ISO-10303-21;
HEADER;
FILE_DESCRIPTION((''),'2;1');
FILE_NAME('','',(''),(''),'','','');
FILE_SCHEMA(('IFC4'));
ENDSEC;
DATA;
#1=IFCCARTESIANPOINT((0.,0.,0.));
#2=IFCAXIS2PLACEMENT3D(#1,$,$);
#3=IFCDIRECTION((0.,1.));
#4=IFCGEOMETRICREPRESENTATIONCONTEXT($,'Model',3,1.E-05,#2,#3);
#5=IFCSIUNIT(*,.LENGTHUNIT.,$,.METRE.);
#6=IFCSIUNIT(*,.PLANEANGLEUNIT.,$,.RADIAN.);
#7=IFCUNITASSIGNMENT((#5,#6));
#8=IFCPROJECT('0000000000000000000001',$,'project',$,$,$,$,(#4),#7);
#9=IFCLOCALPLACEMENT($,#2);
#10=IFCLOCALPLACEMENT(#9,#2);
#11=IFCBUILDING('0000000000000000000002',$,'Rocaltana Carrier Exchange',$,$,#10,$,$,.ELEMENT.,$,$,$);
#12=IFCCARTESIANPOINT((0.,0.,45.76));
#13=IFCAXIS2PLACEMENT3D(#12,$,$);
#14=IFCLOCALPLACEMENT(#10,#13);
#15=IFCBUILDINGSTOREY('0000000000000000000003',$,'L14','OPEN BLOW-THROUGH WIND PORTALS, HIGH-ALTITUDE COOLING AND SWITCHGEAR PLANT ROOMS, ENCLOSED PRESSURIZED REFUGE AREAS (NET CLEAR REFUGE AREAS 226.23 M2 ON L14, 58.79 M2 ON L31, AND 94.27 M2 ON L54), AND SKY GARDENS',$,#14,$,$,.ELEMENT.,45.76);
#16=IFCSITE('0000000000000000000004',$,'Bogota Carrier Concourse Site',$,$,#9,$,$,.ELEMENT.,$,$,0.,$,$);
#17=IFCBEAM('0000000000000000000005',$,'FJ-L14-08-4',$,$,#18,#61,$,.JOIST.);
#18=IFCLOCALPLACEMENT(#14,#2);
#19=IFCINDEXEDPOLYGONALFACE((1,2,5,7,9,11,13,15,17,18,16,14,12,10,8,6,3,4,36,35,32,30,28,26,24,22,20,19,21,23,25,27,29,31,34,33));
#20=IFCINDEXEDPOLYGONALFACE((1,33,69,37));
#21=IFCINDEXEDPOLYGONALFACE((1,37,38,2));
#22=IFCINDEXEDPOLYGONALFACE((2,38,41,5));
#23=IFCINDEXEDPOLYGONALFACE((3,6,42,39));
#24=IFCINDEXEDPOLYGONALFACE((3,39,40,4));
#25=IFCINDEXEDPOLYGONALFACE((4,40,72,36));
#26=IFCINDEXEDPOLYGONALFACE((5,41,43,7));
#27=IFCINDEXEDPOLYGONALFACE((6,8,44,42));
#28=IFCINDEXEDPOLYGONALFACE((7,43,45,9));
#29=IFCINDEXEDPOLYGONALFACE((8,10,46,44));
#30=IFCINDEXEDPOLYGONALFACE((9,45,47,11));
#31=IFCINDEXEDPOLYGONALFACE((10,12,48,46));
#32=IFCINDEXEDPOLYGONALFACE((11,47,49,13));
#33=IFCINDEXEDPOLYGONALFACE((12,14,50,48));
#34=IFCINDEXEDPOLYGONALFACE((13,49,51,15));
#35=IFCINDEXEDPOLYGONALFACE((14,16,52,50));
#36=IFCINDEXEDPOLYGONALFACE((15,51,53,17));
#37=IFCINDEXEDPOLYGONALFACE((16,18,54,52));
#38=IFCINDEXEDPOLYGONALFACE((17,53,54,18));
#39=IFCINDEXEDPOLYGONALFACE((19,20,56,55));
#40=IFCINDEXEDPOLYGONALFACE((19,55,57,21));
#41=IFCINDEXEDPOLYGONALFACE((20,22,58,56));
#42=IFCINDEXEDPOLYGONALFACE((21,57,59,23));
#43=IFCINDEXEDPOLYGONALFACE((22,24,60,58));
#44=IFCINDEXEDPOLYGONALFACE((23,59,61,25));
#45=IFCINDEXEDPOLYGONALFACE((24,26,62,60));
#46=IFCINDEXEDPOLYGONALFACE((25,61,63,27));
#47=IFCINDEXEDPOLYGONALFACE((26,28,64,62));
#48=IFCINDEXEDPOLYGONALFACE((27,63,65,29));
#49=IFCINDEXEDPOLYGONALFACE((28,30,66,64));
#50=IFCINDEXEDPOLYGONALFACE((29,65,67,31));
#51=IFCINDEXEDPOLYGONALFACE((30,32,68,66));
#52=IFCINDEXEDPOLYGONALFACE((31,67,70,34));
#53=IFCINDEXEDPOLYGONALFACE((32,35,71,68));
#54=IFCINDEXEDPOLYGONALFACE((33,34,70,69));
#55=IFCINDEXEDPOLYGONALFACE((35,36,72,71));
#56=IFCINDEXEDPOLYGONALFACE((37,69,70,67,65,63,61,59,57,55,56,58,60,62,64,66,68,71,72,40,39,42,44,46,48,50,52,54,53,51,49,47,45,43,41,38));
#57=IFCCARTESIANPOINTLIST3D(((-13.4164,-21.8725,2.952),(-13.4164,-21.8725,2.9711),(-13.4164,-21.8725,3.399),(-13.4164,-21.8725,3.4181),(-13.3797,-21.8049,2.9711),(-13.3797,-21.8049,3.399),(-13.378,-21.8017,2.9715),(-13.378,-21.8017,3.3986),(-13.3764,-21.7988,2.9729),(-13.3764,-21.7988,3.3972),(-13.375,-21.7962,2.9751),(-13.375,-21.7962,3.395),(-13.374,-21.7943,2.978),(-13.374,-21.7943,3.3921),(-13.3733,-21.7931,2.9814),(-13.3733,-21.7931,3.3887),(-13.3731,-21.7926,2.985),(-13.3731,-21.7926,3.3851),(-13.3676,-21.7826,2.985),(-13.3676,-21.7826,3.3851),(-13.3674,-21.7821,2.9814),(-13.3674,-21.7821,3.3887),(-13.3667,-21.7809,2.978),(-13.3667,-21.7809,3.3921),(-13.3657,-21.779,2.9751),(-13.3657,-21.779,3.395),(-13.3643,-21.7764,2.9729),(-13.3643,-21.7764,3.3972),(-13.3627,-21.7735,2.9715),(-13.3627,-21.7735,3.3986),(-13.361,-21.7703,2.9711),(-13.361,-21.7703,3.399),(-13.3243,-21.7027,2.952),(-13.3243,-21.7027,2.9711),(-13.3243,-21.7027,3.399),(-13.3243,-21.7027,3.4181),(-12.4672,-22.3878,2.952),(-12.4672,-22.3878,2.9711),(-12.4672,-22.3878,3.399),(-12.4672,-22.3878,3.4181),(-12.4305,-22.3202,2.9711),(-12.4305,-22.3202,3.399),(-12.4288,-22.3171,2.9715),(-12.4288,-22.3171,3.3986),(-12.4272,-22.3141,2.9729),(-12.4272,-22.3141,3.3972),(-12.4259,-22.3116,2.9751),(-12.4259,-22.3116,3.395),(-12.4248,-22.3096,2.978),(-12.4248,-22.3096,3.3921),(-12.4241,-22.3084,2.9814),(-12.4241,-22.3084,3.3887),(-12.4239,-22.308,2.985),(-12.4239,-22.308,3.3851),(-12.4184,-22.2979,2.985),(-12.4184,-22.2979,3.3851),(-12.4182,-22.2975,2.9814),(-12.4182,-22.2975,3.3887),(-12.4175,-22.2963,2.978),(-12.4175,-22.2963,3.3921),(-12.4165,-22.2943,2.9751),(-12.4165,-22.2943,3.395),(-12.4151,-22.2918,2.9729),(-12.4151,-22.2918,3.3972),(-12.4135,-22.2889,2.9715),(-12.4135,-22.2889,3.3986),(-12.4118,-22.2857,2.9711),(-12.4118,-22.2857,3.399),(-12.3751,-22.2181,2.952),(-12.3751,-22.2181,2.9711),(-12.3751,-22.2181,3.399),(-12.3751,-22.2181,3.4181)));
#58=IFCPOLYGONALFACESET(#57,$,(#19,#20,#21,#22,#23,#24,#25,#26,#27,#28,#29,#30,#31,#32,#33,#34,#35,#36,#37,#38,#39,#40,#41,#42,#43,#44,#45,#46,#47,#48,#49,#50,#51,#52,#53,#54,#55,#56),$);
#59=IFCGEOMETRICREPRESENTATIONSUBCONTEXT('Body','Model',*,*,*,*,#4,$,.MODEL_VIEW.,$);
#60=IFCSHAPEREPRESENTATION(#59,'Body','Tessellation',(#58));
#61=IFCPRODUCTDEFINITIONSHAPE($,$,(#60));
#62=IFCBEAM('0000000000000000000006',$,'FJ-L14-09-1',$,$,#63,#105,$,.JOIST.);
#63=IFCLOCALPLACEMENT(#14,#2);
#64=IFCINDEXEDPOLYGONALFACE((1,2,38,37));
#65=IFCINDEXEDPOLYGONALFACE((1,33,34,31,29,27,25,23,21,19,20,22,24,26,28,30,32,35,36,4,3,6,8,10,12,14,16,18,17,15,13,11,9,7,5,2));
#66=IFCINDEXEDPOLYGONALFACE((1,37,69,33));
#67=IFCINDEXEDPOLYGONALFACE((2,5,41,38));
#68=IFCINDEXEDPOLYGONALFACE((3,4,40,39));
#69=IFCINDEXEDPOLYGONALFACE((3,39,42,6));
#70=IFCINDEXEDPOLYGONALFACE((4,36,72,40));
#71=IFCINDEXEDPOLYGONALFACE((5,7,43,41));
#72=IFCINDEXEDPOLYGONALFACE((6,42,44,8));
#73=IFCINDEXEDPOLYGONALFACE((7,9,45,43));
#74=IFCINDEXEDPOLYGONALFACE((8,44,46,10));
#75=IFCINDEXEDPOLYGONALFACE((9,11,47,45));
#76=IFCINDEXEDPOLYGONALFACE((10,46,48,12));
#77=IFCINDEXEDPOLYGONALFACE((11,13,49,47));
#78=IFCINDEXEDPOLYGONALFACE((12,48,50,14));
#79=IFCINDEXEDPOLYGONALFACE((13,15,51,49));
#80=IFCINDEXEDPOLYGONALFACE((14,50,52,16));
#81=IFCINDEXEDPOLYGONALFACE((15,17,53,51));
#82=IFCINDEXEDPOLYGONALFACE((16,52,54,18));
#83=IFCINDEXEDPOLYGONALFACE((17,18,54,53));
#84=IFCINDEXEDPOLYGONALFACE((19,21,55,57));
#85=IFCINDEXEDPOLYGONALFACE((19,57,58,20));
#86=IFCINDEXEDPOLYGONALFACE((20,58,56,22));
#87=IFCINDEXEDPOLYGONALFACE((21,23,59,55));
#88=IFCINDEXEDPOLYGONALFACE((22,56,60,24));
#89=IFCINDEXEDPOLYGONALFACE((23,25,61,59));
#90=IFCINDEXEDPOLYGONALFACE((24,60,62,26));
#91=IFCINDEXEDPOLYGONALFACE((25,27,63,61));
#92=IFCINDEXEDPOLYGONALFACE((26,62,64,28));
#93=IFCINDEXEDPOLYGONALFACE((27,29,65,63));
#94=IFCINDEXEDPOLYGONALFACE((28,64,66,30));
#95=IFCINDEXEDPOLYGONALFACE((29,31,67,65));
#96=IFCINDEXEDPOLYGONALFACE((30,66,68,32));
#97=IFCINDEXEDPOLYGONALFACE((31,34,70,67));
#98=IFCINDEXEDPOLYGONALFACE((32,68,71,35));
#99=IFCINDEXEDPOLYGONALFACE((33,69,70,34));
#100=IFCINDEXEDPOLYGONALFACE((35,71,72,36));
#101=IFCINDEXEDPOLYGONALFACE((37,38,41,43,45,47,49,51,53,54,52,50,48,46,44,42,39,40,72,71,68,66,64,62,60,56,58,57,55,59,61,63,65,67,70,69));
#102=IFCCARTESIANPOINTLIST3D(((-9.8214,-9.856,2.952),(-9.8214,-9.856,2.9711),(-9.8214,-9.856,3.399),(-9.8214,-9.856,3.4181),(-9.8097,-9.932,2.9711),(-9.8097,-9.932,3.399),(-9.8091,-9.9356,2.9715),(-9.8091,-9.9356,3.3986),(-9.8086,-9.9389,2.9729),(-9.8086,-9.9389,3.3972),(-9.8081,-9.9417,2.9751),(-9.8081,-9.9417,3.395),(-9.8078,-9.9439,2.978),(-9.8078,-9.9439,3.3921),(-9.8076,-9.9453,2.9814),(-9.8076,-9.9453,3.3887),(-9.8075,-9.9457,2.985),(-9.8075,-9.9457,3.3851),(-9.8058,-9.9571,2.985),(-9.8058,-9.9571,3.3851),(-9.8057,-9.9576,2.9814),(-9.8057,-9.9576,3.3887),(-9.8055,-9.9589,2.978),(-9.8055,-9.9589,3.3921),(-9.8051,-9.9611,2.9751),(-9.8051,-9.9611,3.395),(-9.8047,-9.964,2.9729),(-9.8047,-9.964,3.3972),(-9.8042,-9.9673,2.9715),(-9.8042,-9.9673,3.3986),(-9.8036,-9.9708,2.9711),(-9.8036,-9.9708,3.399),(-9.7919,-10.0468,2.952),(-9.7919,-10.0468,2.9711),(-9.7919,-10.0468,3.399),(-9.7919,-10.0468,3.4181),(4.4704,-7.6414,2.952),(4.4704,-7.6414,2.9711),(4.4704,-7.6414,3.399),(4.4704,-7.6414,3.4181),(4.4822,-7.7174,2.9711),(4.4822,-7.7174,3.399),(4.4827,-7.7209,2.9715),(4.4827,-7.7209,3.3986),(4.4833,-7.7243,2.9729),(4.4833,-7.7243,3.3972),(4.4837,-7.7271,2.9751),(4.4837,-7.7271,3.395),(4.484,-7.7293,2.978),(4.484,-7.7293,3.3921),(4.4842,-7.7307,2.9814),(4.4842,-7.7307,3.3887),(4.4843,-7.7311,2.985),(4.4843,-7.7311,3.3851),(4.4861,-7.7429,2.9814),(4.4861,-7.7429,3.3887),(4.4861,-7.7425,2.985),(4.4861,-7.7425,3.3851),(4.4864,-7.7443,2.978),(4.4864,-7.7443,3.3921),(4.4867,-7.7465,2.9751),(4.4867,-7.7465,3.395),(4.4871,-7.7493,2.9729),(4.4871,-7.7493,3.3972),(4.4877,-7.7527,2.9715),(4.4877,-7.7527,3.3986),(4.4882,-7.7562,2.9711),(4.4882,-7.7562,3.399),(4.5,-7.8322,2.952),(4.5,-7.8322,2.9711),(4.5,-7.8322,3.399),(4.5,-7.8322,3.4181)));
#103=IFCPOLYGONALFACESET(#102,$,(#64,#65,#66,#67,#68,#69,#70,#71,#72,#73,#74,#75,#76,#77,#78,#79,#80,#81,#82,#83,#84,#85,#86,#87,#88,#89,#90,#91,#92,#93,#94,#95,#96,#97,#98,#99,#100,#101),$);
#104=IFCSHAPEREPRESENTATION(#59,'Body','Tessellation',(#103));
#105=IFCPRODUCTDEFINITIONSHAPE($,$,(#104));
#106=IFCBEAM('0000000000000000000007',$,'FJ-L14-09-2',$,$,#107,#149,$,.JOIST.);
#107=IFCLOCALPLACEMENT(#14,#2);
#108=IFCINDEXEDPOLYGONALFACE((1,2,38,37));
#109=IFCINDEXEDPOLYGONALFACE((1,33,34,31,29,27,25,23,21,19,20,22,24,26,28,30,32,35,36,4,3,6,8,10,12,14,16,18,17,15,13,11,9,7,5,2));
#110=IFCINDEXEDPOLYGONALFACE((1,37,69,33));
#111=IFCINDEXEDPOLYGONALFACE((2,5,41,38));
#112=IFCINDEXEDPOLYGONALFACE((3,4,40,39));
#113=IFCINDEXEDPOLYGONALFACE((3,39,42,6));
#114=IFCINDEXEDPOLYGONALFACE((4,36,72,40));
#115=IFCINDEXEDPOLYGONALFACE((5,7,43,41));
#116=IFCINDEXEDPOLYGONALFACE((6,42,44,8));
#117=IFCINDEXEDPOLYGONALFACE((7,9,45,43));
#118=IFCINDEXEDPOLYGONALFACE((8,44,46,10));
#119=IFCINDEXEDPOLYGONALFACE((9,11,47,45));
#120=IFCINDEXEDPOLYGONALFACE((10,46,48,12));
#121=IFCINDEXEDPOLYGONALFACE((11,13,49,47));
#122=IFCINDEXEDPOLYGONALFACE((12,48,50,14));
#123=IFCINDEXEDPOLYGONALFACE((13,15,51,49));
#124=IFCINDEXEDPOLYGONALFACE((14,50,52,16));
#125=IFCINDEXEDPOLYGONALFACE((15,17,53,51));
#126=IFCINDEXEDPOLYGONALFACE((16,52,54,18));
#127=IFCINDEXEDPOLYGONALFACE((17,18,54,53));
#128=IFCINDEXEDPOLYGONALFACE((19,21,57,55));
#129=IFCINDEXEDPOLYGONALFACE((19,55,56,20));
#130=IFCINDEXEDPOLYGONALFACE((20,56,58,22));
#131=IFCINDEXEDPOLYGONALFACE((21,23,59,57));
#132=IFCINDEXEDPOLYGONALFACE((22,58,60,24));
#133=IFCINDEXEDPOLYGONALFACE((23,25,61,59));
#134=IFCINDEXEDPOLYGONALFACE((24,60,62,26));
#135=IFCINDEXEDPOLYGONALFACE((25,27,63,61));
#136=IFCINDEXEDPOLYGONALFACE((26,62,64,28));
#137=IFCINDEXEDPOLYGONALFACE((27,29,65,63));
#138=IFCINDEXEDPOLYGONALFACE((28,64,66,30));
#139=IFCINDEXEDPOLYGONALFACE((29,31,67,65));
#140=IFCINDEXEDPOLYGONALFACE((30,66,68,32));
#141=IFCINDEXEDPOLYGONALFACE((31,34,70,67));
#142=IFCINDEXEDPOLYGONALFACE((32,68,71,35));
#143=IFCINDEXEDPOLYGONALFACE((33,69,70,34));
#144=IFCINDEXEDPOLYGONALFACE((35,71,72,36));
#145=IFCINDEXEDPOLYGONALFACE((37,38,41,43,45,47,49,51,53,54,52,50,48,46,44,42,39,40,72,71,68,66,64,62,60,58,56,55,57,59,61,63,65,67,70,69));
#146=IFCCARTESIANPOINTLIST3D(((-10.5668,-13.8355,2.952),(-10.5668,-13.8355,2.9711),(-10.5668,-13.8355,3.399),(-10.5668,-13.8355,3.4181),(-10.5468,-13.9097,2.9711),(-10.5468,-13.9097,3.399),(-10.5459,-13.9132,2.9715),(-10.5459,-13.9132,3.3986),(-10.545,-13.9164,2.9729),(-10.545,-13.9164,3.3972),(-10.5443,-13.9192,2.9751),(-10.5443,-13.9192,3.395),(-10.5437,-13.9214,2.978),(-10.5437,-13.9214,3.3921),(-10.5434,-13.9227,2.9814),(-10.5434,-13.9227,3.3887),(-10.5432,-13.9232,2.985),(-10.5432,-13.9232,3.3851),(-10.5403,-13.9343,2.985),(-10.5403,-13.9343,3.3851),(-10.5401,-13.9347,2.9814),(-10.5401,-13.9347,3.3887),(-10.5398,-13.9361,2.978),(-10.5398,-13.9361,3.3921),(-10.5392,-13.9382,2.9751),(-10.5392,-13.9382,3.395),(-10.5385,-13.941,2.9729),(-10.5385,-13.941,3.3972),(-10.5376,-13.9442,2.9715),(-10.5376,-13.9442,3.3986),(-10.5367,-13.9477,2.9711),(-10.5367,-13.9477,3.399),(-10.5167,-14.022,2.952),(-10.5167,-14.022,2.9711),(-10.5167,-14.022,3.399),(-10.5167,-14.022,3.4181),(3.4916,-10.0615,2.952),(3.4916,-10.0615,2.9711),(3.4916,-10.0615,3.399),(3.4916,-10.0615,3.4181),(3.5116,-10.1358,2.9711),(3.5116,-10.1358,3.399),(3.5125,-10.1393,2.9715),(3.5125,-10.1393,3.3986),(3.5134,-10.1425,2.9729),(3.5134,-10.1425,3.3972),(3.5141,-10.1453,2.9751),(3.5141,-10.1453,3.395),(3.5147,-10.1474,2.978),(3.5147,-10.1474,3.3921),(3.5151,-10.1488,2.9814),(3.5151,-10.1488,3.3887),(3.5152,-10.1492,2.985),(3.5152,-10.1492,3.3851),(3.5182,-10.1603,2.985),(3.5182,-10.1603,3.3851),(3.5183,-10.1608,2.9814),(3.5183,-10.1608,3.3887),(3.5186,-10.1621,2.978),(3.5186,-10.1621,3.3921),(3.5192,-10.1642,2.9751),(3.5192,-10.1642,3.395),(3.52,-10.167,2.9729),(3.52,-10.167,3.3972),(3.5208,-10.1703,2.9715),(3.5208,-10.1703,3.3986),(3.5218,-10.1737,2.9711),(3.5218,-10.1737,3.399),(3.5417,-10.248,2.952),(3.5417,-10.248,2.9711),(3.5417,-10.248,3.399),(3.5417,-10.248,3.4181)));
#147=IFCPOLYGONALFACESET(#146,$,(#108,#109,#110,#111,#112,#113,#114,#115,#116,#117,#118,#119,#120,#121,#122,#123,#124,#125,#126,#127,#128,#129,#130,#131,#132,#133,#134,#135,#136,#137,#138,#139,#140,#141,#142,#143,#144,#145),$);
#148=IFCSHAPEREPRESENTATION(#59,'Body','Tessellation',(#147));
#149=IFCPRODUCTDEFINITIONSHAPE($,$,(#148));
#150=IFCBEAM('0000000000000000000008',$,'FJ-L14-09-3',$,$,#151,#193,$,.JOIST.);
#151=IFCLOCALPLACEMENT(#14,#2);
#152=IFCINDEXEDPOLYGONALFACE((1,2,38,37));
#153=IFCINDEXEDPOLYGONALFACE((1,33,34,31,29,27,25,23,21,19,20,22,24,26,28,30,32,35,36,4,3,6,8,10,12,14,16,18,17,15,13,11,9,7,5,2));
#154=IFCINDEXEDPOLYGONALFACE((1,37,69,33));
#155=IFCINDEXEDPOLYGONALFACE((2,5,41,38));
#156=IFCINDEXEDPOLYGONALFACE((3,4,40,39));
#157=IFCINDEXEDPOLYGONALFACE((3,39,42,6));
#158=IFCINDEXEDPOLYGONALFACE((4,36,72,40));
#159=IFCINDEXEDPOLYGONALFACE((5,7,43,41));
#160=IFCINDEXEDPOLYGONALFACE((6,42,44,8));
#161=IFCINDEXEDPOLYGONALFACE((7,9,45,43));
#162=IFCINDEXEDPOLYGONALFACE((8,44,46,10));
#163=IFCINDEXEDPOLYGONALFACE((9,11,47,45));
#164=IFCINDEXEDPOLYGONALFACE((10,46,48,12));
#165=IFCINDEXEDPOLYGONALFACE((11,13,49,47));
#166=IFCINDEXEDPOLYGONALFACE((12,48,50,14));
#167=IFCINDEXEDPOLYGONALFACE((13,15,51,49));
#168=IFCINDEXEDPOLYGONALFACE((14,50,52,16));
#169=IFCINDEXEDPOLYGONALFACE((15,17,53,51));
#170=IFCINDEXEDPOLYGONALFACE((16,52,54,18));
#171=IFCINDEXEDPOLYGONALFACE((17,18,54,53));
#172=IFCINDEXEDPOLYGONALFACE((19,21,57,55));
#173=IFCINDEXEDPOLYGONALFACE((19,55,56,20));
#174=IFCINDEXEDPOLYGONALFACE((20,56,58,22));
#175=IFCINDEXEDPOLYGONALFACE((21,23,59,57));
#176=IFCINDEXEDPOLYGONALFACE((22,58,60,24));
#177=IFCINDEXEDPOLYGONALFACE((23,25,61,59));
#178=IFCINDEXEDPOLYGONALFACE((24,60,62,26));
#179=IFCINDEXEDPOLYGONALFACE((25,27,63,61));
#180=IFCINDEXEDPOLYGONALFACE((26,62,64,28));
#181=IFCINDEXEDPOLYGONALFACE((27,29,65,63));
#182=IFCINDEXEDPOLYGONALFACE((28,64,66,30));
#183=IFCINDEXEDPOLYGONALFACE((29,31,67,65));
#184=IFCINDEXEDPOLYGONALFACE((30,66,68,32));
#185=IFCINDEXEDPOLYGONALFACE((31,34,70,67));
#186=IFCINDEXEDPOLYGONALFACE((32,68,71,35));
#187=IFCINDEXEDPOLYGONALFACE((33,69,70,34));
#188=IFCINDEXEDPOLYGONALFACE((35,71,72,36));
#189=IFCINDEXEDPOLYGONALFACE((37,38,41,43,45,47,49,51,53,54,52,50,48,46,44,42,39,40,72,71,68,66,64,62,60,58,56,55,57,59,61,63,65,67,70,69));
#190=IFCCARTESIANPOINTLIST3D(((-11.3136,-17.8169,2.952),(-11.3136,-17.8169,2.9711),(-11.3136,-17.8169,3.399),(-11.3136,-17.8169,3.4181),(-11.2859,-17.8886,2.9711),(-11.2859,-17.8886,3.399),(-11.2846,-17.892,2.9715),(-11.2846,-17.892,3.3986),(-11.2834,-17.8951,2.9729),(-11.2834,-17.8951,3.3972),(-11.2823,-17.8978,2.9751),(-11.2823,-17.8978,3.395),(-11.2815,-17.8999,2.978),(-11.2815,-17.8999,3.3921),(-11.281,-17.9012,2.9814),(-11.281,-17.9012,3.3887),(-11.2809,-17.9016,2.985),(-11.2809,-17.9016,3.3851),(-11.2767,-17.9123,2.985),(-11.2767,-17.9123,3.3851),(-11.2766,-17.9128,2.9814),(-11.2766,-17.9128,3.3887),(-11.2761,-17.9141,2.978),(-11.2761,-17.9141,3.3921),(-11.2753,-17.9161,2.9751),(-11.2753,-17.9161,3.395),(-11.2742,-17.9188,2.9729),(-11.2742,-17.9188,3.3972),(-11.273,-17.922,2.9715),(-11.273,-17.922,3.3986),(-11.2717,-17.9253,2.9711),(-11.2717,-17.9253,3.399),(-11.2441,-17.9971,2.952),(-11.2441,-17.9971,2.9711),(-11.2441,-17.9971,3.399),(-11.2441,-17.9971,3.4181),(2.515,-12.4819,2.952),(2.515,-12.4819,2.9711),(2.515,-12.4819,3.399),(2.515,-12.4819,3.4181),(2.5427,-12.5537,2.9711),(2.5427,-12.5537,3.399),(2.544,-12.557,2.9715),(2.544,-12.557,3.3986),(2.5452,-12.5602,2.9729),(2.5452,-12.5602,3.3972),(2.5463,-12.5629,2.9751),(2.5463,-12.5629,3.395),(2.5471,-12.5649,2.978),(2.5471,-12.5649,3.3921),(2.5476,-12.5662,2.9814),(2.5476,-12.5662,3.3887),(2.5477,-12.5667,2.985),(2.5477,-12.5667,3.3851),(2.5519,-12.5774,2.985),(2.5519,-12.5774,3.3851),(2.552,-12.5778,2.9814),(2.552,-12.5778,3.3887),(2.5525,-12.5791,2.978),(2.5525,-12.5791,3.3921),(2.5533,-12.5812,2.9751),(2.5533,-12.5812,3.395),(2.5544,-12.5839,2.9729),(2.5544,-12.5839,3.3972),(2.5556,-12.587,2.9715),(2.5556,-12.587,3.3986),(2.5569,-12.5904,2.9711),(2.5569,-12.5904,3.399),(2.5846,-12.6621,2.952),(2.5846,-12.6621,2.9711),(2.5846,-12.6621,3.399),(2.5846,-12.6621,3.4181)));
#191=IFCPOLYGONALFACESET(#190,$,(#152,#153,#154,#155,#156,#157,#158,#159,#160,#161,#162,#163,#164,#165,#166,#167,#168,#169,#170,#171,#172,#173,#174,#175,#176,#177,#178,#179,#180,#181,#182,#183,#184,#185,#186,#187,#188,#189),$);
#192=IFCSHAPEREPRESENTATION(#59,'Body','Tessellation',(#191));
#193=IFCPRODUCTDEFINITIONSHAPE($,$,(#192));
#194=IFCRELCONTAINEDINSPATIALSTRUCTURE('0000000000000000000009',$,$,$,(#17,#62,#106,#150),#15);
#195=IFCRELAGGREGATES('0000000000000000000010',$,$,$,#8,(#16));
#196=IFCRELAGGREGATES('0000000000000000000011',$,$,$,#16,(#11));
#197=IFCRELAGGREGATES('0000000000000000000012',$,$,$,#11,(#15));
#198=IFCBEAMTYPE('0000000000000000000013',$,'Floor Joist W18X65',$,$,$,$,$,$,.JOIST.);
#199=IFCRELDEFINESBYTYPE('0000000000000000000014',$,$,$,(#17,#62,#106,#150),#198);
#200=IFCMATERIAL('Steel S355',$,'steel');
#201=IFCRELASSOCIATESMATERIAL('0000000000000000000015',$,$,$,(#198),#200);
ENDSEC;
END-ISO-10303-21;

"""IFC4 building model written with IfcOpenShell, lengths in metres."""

from ifc_helpers import new_model, si_unit, direction, frame, origin, origin_2d, place, context, subcontext, project, spatial, i_section, extrude, material, material_profile, profile_set, type_object, element, save


model = new_model("IFC4")

# Units and contexts
model_context = context("Model", 3, precision=1e-05, world=origin(), true_north=direction((0.0, 1.0)))
body_context = subcontext(model_context, "Body", "Model", "MODEL_VIEW")
ifc_project = project(units=[si_unit("LENGTHUNIT", "METRE"), si_unit("PLANEANGLEUNIT", "RADIAN")], contexts=[model_context])

# Site, building, storey
site_placement = place(None, origin())
site = spatial("IfcSite", under=ifc_project, at=site_placement, Name="Bogota Carrier Concourse Site", CompositionType="ELEMENT", RefElevation=0.0)
building_placement = place(site_placement, origin())
building = spatial("IfcBuilding", under=site, at=building_placement, Name="Rocaltana Carrier Exchange", CompositionType="ELEMENT")
storey_placement = place(building_placement, frame((0.0, 0.0, 45.76)))
storey = spatial("IfcBuildingStorey", under=building, at=storey_placement, Name="L14", Description="OPEN BLOW-THROUGH WIND PORTALS, HIGH-ALTITUDE COOLING AND SWITCHGEAR PLANT ROOMS, ENCLOSED PRESSURIZED REFUGE AREAS (NET CLEAR REFUGE AREAS 226.23 M2 ON L14, 58.79 M2 ON L31, AND 94.27 M2 ON L54), AND SKY GARDENS", CompositionType="ELEMENT", Elevation=45.76)

# Beams
ifc_material_1 = material(Name="Steel S355", Category="steel")
ifc_material_profile_1 = material_profile(ifc_material_1, i_section(OverallWidth=0.1931, OverallDepth=0.4661, WebThickness=0.0115, FlangeThickness=0.019, FilletRadius=0.0139, at=origin_2d()), Name="W18X65")
ifc_profile_set_1 = profile_set([ifc_material_profile_1], Name="Steel S355")
beam_type_1 = type_object("IfcBeamType", Name="Floor Joist W18X65", PredefinedType="JOIST", material=ifc_profile_set_1)
beam_1_placement = place(storey_placement, frame((-13.3704, -21.7876, 3.1851), z_axis=(0.878818, -0.477157, 0.0), x_axis=(0.477157, 0.878818, 0.0)))
element("IfcBeam", 1, at=beam_1_placement, inside=storey, type_object=beam_type_1, Name="FJ-L14-08-4", PredefinedType="JOIST", context=body_context, shape_type="SweptSolid", body=[
    extrude(i_section(OverallWidth=0.1931, OverallDepth=0.4661, WebThickness=0.0115, FlangeThickness=0.019, FilletRadius=0.0139, at=origin_2d()), origin(), (0.0, 0.0, 1.0), 1.0801),
])
beam_2_placement = place(storey_placement, frame((-9.8066, -9.9514, 3.1851), z_axis=(0.988206, 0.153129, 0.0), x_axis=(-0.153129, 0.988206, 0.0)))
element("IfcBeam", 2, at=beam_2_placement, inside=storey, type_object=beam_type_1, Name="FJ-L14-09-1", PredefinedType="JOIST", context=body_context, shape_type="SweptSolid", body=[
    extrude(i_section(OverallWidth=0.1931, OverallDepth=0.4661, WebThickness=0.0115, FlangeThickness=0.019, FilletRadius=0.0139, at=origin_2d()), origin(), (0.0, 0.0, 1.0), 14.4624),
])
beam_3_placement = place(storey_placement, frame((-10.5417, -13.9287, 3.1851), z_axis=(0.965805, 0.259268, 0.0), x_axis=(-0.259268, 0.965805, 0.0)))
element("IfcBeam", 3, at=beam_3_placement, inside=storey, type_object=beam_type_1, Name="FJ-L14-09-2", PredefinedType="JOIST", context=body_context, shape_type="SweptSolid", body=[
    extrude(i_section(OverallWidth=0.1931, OverallDepth=0.4661, WebThickness=0.0115, FlangeThickness=0.019, FilletRadius=0.0139, at=origin_2d()), origin(), (0.0, 0.0, 1.0), 14.5562),
])
beam_4_placement = place(storey_placement, frame((-11.2788, -17.907, 3.1851), z_axis=(0.932977, 0.359935, 0.0), x_axis=(-0.359935, 0.932977, 0.0)))
element("IfcBeam", 4, at=beam_4_placement, inside=storey, type_object=beam_type_1, Name="FJ-L14-09-3", PredefinedType="JOIST", context=body_context, shape_type="SweptSolid", body=[
    extrude(i_section(OverallWidth=0.1931, OverallDepth=0.4661, WebThickness=0.0115, FlangeThickness=0.019, FilletRadius=0.0139, at=origin_2d()), origin(), (0.0, 0.0, 1.0), 14.822),
])

save(model, "model.ifc")
